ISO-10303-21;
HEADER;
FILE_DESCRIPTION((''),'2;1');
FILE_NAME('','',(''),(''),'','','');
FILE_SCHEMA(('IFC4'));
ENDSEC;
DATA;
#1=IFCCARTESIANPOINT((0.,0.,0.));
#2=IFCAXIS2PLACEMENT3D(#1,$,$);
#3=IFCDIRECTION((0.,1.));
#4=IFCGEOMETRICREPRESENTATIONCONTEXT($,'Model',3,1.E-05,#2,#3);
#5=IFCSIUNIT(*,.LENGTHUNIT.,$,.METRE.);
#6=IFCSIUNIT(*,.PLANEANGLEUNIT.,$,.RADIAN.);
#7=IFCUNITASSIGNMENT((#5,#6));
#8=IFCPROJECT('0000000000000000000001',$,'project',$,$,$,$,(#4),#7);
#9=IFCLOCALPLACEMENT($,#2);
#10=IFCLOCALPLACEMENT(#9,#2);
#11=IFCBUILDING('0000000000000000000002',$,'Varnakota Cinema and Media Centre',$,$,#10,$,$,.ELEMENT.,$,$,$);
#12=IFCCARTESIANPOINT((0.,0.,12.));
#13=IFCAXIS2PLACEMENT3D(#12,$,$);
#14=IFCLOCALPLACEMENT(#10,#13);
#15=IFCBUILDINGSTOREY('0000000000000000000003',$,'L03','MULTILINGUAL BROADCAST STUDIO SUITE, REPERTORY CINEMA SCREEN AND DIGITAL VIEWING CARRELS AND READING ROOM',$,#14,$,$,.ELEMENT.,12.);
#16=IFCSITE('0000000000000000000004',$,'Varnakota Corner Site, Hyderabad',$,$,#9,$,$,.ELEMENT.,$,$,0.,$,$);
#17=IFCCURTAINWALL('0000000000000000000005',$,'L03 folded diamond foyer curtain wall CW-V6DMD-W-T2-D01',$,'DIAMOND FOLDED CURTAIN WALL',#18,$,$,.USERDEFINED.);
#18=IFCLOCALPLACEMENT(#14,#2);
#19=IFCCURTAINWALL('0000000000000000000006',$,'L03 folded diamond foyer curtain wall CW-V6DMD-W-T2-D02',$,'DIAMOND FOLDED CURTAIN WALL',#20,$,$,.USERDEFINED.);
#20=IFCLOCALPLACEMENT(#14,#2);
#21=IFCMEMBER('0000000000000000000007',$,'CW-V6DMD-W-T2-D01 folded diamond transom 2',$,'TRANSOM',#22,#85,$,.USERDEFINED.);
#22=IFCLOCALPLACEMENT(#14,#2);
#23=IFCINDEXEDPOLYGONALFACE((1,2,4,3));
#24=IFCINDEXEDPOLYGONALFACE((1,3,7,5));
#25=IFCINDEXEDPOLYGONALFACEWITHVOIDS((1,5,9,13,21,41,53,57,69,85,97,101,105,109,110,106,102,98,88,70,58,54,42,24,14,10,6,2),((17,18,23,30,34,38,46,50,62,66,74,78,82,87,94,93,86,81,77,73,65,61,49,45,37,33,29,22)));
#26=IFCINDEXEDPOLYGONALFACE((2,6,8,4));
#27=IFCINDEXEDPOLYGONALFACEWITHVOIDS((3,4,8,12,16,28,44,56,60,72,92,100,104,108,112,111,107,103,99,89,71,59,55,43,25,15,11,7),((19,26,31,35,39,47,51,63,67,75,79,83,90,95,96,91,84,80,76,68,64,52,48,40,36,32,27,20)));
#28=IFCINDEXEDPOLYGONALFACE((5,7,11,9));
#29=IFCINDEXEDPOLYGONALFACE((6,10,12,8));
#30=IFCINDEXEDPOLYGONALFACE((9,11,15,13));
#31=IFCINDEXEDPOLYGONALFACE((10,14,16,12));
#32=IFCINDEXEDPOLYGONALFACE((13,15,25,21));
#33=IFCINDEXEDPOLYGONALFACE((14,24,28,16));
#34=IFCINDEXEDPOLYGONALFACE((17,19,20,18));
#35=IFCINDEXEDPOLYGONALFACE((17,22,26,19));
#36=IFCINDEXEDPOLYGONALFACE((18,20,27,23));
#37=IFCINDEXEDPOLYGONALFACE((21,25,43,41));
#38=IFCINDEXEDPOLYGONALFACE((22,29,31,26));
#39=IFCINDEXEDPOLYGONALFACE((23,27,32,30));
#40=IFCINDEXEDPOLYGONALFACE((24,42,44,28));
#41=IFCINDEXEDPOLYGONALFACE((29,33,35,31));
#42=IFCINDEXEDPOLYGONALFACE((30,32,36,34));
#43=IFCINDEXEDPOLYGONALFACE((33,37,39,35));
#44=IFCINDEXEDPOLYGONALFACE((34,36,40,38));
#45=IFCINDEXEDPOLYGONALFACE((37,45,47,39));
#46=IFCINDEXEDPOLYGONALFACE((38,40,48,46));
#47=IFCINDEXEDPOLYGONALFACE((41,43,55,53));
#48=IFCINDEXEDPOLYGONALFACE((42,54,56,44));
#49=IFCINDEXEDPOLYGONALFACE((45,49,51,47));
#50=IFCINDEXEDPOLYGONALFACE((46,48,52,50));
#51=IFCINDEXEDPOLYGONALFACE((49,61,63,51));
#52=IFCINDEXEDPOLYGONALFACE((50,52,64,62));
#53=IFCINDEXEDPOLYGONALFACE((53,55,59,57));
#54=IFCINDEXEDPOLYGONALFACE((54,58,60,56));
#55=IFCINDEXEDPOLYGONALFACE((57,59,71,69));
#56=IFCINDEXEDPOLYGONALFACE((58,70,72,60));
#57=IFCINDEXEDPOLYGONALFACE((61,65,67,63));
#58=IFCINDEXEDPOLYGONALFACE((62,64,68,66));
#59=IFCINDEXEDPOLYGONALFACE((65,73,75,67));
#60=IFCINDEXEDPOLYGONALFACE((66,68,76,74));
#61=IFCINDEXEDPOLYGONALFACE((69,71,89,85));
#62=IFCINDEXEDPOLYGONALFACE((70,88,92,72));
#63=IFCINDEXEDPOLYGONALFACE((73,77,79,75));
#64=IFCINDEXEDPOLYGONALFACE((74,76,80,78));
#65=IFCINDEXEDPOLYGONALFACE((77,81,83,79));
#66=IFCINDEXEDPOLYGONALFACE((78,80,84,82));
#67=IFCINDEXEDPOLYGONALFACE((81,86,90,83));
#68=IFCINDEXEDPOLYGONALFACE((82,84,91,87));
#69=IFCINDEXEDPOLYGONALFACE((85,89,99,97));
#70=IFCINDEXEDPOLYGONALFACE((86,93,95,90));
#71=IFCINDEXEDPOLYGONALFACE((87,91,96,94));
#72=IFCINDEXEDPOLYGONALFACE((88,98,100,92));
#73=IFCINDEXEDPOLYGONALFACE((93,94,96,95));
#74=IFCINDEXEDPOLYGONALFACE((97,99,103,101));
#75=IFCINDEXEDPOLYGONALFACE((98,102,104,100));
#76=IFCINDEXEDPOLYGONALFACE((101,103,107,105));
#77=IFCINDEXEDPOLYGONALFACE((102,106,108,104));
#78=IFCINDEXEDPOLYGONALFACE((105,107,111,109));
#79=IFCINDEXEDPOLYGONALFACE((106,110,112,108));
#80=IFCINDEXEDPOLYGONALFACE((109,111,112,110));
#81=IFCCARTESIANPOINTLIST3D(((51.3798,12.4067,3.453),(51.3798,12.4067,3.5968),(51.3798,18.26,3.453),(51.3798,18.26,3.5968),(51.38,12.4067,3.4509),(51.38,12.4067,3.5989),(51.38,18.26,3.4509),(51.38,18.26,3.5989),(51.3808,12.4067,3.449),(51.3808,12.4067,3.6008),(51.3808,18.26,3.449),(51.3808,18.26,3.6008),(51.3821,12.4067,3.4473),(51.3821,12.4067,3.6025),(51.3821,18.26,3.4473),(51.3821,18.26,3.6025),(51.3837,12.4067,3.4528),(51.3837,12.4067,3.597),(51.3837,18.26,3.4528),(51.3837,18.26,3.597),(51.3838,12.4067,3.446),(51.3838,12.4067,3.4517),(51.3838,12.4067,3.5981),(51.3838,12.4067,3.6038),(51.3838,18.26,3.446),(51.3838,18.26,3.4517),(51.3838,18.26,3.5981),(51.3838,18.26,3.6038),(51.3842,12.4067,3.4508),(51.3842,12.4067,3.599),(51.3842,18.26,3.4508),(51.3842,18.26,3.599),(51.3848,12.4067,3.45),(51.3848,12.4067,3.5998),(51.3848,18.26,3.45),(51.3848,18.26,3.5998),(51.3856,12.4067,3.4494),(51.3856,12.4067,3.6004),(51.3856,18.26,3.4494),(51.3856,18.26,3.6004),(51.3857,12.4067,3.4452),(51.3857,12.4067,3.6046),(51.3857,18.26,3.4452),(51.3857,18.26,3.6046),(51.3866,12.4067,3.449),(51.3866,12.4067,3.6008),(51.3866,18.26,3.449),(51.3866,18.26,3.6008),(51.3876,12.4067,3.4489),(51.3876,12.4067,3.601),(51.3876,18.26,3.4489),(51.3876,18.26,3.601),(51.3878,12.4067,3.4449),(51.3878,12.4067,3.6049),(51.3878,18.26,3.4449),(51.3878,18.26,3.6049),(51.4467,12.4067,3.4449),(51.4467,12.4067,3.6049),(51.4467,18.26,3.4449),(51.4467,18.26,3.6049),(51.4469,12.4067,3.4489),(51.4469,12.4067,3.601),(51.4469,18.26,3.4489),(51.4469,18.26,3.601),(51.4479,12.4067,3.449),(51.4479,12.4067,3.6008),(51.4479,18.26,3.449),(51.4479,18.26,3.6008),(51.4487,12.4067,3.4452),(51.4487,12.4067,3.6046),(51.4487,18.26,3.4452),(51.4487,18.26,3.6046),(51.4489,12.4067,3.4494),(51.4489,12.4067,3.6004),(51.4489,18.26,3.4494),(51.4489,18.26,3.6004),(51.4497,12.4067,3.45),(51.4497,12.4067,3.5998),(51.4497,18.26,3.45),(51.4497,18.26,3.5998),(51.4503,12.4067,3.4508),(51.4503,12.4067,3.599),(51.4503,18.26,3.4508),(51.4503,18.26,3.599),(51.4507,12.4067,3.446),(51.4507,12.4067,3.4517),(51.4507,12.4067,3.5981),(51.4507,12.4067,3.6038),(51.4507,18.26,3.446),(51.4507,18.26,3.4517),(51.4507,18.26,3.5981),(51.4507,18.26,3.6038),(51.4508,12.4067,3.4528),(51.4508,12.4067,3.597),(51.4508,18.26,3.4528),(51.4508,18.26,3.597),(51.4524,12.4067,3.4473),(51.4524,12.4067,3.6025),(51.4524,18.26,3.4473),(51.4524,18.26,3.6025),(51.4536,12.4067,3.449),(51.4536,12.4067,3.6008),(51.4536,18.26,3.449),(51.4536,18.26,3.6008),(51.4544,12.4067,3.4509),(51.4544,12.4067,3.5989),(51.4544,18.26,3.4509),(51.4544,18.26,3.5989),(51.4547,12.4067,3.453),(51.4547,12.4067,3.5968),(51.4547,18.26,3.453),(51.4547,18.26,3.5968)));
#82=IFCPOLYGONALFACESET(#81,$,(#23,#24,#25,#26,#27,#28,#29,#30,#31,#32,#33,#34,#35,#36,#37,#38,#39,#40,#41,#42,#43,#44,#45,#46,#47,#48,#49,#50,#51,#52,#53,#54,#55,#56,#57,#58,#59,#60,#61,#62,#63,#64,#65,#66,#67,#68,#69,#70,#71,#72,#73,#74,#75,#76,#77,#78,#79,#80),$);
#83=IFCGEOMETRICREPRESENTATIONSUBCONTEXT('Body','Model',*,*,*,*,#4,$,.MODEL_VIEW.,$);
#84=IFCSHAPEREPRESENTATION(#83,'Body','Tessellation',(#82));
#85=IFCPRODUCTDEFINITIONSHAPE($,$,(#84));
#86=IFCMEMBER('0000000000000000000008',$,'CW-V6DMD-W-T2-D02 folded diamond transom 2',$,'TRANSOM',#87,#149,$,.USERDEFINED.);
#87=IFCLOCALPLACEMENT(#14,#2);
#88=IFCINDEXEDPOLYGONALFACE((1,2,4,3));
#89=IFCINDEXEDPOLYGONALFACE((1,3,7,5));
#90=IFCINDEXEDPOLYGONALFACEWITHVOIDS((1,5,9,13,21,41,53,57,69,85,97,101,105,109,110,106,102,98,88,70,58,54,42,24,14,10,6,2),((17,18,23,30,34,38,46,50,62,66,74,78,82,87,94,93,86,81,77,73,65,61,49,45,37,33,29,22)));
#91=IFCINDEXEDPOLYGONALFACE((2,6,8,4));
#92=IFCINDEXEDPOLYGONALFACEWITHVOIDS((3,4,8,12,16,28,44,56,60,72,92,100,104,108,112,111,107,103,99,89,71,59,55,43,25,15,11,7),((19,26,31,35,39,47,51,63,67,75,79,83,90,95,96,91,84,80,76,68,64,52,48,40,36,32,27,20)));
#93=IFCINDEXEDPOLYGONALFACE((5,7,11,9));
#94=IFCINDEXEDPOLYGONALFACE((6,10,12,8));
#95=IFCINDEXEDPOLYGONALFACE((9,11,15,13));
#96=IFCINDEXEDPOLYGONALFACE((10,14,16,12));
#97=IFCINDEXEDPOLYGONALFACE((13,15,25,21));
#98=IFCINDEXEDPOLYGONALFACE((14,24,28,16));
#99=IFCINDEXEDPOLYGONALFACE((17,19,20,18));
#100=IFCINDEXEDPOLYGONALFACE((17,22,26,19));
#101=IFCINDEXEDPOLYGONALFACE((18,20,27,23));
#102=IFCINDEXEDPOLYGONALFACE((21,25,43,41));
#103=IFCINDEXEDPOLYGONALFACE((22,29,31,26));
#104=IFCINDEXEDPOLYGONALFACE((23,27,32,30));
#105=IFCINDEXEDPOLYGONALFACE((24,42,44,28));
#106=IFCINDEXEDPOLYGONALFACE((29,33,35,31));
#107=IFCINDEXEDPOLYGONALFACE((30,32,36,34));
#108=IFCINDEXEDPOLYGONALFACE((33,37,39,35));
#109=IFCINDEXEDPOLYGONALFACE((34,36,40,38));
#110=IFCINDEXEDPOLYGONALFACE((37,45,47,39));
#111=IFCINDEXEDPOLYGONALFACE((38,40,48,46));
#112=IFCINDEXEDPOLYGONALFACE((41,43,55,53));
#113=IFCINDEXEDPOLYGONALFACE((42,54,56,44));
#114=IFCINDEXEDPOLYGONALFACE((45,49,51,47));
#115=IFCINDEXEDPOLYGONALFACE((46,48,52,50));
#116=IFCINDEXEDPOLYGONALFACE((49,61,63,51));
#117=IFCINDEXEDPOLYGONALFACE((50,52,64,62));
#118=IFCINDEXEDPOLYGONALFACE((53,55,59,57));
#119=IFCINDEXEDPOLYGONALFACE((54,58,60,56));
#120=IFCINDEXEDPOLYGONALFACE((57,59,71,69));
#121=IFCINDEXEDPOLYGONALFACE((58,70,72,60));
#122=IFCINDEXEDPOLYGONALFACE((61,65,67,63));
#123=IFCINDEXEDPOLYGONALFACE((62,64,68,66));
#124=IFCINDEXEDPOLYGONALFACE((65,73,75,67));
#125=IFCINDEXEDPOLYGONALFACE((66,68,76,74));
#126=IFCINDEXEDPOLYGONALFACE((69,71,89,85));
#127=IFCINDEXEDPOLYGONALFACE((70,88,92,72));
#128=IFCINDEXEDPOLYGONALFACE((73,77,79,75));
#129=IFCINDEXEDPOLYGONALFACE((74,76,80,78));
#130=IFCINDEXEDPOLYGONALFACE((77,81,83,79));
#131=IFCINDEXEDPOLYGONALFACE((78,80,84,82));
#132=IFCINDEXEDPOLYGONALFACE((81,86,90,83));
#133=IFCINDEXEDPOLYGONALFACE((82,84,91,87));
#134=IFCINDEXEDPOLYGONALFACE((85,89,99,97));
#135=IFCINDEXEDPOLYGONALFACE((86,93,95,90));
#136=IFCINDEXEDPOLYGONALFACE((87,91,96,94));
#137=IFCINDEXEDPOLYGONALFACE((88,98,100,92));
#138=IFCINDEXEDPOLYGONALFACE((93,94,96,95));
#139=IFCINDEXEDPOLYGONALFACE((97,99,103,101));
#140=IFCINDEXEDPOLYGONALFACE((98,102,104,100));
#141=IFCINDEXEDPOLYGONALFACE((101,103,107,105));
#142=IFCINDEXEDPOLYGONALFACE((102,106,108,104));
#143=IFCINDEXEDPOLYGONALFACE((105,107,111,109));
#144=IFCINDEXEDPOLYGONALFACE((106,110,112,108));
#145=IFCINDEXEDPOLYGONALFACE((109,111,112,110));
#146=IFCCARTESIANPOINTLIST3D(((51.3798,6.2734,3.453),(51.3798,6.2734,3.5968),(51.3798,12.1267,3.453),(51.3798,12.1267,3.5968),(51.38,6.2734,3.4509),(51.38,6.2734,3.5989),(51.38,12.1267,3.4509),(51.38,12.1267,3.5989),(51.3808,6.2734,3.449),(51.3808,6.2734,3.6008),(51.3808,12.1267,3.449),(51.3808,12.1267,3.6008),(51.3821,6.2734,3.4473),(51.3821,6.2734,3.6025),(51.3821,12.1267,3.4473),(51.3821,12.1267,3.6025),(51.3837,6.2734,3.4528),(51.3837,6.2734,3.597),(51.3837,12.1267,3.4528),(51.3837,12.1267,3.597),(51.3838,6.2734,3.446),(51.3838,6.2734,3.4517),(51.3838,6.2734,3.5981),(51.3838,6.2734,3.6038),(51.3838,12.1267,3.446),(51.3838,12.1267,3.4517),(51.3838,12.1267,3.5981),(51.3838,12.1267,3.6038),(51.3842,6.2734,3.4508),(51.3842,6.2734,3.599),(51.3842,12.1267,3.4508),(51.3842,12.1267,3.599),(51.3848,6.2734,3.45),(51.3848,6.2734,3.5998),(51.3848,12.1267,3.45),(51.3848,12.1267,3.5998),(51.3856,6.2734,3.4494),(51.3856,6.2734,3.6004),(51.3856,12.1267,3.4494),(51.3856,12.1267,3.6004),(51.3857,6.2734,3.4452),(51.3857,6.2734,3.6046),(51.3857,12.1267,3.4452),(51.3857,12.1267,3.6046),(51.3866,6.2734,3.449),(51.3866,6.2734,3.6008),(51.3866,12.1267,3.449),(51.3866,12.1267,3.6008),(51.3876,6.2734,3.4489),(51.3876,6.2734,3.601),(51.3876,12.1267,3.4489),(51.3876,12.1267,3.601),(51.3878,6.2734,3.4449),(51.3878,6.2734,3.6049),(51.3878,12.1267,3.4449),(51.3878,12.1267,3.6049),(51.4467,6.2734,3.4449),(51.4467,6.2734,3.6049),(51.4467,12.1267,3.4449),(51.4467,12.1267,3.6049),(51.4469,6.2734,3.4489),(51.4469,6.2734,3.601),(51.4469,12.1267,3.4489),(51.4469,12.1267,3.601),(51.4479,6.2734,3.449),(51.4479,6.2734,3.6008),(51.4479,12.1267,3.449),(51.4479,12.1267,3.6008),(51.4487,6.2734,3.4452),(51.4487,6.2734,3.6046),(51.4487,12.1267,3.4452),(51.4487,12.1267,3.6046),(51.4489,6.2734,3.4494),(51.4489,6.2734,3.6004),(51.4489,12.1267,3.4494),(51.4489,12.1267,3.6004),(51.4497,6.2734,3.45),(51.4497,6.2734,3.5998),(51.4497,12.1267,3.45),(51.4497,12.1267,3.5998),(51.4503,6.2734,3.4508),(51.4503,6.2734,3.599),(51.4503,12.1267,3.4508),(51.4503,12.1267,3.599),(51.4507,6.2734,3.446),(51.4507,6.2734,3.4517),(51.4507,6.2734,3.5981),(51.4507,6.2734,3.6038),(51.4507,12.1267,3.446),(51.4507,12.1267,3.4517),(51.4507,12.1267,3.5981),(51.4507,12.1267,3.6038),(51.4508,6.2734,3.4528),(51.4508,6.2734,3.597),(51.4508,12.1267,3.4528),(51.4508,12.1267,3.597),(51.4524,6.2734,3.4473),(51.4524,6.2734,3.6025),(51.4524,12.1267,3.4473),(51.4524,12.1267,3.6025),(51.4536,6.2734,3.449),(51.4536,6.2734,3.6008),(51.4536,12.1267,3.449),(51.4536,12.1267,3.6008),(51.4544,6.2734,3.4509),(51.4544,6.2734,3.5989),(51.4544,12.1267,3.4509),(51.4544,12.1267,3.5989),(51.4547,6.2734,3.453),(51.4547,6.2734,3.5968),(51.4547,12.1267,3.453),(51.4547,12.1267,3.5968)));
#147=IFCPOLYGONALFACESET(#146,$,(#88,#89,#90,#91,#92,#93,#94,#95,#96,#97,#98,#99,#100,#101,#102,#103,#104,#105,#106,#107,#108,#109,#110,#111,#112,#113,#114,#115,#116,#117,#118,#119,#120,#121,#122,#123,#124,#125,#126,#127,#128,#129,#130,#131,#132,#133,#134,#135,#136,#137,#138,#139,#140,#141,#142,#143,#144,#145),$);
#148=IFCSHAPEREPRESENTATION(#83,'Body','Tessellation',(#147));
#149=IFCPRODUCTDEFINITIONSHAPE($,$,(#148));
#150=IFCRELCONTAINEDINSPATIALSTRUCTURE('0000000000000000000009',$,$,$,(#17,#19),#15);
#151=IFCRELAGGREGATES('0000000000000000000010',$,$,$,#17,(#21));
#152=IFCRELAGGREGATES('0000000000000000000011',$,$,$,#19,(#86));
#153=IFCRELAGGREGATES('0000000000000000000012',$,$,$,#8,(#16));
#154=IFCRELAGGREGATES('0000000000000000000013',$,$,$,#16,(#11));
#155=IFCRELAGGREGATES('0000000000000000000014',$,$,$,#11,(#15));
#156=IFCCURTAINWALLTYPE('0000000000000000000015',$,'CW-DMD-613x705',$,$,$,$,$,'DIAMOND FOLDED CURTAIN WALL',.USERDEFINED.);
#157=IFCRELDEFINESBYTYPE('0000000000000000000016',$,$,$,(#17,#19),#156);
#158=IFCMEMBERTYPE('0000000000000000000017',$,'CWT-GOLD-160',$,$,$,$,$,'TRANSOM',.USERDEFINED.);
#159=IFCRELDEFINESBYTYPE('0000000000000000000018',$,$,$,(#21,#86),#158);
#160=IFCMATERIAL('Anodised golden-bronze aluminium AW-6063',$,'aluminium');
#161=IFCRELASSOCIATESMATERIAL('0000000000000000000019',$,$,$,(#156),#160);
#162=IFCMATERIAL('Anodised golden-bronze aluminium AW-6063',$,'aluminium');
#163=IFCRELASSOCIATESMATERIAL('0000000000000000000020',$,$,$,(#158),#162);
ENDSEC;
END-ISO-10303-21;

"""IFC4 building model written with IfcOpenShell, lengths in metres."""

from ifc_helpers import new_model, si_unit, direction, frame, origin, origin_2d, place, context, subcontext, project, spatial, hollow_rectangle, extrude, material, material_profile, profile_set, type_object, element, aggregate, save


model = new_model("IFC4")

# Units and contexts
model_context = context("Model", 3, precision=1e-05, world=origin(), true_north=direction((0.0, 1.0)))
body_context = subcontext(model_context, "Body", "Model", "MODEL_VIEW")
ifc_project = project(units=[si_unit("LENGTHUNIT", "METRE"), si_unit("PLANEANGLEUNIT", "RADIAN")], contexts=[model_context])

# Site, building, storey
site_placement = place(None, origin())
site = spatial("IfcSite", under=ifc_project, at=site_placement, Name="Varnakota Corner Site, Hyderabad", CompositionType="ELEMENT", RefElevation=0.0)
building_placement = place(site_placement, origin())
building = spatial("IfcBuilding", under=site, at=building_placement, Name="Varnakota Cinema and Media Centre", CompositionType="ELEMENT")
storey_placement = place(building_placement, frame((0.0, 0.0, 12.0)))
storey = spatial("IfcBuildingStorey", under=building, at=storey_placement, Name="L03", Description="MULTILINGUAL BROADCAST STUDIO SUITE, REPERTORY CINEMA SCREEN AND DIGITAL VIEWING CARRELS AND READING ROOM", CompositionType="ELEMENT", Elevation=12.0)

# Curtain walls
ifc_material_1 = material(Name="Anodised golden-bronze aluminium AW-6063", Category="aluminium")
curtain_wall_type = type_object("IfcCurtainWallType", Name="CW-DMD-613x705", ElementType="DIAMOND FOLDED CURTAIN WALL", PredefinedType="USERDEFINED", material=ifc_material_1)
curtain_wall_1_placement = place(storey_placement, origin())
curtain_wall_1 = element("IfcCurtainWall", 1, at=curtain_wall_1_placement, inside=storey, type_object=curtain_wall_type, Name="L03 folded diamond foyer curtain wall CW-V6DMD-W-T2-D01", ObjectType="DIAMOND FOLDED CURTAIN WALL", PredefinedType="USERDEFINED")
curtain_wall_2_placement = place(storey_placement, origin())
curtain_wall_2 = element("IfcCurtainWall", 2, at=curtain_wall_2_placement, inside=storey, type_object=curtain_wall_type, Name="L03 folded diamond foyer curtain wall CW-V6DMD-W-T2-D02", ObjectType="DIAMOND FOLDED CURTAIN WALL", PredefinedType="USERDEFINED")

# Members
ifc_material_2 = material(Name="Anodised golden-bronze aluminium AW-6063", Category="aluminium")
ifc_material_profile_1 = material_profile(ifc_material_2, hollow_rectangle(XDim=0.075, YDim=0.1599, WallThickness=0.0039, InnerFilletRadius=0.0039, OuterFilletRadius=0.0081, at=origin_2d()), Name="AL-TRANSOM 160x75x4")
ifc_profile_set_1 = profile_set([ifc_material_profile_1], Name="Anodised golden-bronze aluminium AW-6063")
member_type_1 = type_object("IfcMemberType", Name="CWT-GOLD-160", ElementType="TRANSOM", PredefinedType="USERDEFINED", material=ifc_profile_set_1)
member_1_placement = place(storey_placement, frame((51.4172, 18.26, 3.5249), z_axis=(0.0, -1.0, 0.0), x_axis=(1.0, 0.0, 0.0)))
member_1 = element("IfcMember", 3, at=member_1_placement, type_object=member_type_1, Name="CW-V6DMD-W-T2-D01 folded diamond transom 2", ObjectType="TRANSOM", PredefinedType="USERDEFINED", context=body_context, shape_type="SweptSolid", body=[
    extrude(hollow_rectangle(XDim=0.075, YDim=0.1599, WallThickness=0.0039, InnerFilletRadius=0.0039, OuterFilletRadius=0.0081, at=origin_2d()), origin(), (0.0, 0.0, 1.0), 5.8533),
])
member_2_placement = place(storey_placement, frame((51.4172, 12.1267, 3.5249), z_axis=(0.0, -1.0, 0.0), x_axis=(1.0, 0.0, 0.0)))
member_2 = element("IfcMember", 4, at=member_2_placement, type_object=member_type_1, Name="CW-V6DMD-W-T2-D02 folded diamond transom 2", ObjectType="TRANSOM", PredefinedType="USERDEFINED", context=body_context, shape_type="SweptSolid", body=[
    extrude(hollow_rectangle(XDim=0.075, YDim=0.1599, WallThickness=0.0039, InnerFilletRadius=0.0039, OuterFilletRadius=0.0081, at=origin_2d()), origin(), (0.0, 0.0, 1.0), 5.8533),
])

aggregate(curtain_wall_1, [member_1])
aggregate(curtain_wall_2, [member_2])

save(model, "model.ifc")
